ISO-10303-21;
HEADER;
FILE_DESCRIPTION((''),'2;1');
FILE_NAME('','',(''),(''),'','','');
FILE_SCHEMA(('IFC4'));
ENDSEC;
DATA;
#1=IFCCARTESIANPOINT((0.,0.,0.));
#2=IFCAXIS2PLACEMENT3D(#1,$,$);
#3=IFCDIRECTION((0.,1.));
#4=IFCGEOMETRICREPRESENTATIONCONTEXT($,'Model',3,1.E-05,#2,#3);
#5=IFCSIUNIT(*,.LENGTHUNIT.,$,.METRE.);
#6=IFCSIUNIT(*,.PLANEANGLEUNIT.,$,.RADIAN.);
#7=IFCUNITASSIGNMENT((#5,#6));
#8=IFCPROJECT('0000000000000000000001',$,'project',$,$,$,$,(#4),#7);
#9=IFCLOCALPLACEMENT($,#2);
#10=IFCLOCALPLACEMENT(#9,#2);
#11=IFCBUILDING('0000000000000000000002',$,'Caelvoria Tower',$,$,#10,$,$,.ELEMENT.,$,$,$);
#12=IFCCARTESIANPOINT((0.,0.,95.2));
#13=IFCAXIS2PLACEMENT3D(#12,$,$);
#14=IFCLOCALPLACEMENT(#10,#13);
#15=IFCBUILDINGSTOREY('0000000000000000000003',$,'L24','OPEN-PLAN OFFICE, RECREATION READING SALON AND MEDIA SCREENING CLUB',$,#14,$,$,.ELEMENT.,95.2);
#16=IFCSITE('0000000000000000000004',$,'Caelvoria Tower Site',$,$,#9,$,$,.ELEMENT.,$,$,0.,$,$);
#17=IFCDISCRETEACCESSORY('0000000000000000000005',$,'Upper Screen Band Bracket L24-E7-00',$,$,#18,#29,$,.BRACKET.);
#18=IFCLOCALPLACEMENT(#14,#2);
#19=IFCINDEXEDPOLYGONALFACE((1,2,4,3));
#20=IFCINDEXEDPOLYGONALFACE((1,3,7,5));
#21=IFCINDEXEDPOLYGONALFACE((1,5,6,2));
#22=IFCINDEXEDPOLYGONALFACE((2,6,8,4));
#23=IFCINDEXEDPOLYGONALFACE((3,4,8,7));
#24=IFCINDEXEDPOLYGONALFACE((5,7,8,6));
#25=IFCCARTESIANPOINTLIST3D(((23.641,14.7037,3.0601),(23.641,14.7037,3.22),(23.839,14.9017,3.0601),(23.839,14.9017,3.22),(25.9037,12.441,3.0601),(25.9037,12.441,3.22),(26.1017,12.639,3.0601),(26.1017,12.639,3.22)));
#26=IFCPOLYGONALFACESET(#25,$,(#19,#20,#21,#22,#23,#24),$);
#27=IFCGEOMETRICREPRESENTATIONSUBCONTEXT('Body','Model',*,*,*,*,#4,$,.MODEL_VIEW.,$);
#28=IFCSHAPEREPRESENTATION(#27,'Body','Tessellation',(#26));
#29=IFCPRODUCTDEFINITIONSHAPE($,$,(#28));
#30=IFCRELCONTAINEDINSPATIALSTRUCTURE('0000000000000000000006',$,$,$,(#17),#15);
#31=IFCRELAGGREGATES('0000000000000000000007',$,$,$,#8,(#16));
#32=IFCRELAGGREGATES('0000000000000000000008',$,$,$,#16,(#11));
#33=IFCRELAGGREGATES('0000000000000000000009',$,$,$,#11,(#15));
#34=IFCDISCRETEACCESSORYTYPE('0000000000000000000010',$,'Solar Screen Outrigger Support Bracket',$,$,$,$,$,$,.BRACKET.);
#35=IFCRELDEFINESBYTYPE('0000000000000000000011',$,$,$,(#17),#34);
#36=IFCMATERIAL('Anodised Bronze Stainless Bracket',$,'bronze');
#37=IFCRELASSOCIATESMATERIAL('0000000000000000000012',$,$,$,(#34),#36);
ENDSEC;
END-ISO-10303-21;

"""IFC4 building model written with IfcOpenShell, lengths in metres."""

from ifc_helpers import new_model, si_unit, direction, frame, origin, origin_2d, place, context, subcontext, project, spatial, rectangle, extrude, material, type_object, element, save


model = new_model("IFC4")

# Units and contexts
model_context = context("Model", 3, precision=1e-05, world=origin(), true_north=direction((0.0, 1.0)))
body_context = subcontext(model_context, "Body", "Model", "MODEL_VIEW")
ifc_project = project(units=[si_unit("LENGTHUNIT", "METRE"), si_unit("PLANEANGLEUNIT", "RADIAN")], contexts=[model_context])

# Site, building, storey
site_placement = place(None, origin())
site = spatial("IfcSite", under=ifc_project, at=site_placement, Name="Caelvoria Tower Site", CompositionType="ELEMENT", RefElevation=0.0)
building_placement = place(site_placement, origin())
building = spatial("IfcBuilding", under=site, at=building_placement, Name="Caelvoria Tower", CompositionType="ELEMENT")
storey_placement = place(building_placement, frame((0.0, 0.0, 95.2)))
storey = spatial("IfcBuildingStorey", under=building, at=storey_placement, Name="L24", Description="OPEN-PLAN OFFICE, RECREATION READING SALON AND MEDIA SCREENING CLUB", CompositionType="ELEMENT", Elevation=95.2)

# Discrete accessory
ifc_material_1 = material(Name="Anodised Bronze Stainless Bracket", Category="bronze")
discrete_accessory_type = type_object("IfcDiscreteAccessoryType", Name="Solar Screen Outrigger Support Bracket", PredefinedType="BRACKET", material=ifc_material_1)
for number, where, z_axis, x_axis, name in (
    (1, (24.8713, 13.6714, 3.0601), (0.0, 0.0, 1.0), (0.707107, -0.707107, 0.0), "Upper Screen Band Bracket L24-E7-00"),
):
    element("IfcDiscreteAccessory", number, at=place(storey_placement, frame(where, z_axis=z_axis, x_axis=x_axis)), inside=storey, type_object=discrete_accessory_type, Name=name, PredefinedType="BRACKET", context=body_context, shape_type="SweptSolid", body=[
        extrude(rectangle(XDim=3.2, YDim=0.28, at=origin_2d()), origin(), (0.0, 0.0, 1.0), 0.1599),
    ])

save(model, "model.ifc")
